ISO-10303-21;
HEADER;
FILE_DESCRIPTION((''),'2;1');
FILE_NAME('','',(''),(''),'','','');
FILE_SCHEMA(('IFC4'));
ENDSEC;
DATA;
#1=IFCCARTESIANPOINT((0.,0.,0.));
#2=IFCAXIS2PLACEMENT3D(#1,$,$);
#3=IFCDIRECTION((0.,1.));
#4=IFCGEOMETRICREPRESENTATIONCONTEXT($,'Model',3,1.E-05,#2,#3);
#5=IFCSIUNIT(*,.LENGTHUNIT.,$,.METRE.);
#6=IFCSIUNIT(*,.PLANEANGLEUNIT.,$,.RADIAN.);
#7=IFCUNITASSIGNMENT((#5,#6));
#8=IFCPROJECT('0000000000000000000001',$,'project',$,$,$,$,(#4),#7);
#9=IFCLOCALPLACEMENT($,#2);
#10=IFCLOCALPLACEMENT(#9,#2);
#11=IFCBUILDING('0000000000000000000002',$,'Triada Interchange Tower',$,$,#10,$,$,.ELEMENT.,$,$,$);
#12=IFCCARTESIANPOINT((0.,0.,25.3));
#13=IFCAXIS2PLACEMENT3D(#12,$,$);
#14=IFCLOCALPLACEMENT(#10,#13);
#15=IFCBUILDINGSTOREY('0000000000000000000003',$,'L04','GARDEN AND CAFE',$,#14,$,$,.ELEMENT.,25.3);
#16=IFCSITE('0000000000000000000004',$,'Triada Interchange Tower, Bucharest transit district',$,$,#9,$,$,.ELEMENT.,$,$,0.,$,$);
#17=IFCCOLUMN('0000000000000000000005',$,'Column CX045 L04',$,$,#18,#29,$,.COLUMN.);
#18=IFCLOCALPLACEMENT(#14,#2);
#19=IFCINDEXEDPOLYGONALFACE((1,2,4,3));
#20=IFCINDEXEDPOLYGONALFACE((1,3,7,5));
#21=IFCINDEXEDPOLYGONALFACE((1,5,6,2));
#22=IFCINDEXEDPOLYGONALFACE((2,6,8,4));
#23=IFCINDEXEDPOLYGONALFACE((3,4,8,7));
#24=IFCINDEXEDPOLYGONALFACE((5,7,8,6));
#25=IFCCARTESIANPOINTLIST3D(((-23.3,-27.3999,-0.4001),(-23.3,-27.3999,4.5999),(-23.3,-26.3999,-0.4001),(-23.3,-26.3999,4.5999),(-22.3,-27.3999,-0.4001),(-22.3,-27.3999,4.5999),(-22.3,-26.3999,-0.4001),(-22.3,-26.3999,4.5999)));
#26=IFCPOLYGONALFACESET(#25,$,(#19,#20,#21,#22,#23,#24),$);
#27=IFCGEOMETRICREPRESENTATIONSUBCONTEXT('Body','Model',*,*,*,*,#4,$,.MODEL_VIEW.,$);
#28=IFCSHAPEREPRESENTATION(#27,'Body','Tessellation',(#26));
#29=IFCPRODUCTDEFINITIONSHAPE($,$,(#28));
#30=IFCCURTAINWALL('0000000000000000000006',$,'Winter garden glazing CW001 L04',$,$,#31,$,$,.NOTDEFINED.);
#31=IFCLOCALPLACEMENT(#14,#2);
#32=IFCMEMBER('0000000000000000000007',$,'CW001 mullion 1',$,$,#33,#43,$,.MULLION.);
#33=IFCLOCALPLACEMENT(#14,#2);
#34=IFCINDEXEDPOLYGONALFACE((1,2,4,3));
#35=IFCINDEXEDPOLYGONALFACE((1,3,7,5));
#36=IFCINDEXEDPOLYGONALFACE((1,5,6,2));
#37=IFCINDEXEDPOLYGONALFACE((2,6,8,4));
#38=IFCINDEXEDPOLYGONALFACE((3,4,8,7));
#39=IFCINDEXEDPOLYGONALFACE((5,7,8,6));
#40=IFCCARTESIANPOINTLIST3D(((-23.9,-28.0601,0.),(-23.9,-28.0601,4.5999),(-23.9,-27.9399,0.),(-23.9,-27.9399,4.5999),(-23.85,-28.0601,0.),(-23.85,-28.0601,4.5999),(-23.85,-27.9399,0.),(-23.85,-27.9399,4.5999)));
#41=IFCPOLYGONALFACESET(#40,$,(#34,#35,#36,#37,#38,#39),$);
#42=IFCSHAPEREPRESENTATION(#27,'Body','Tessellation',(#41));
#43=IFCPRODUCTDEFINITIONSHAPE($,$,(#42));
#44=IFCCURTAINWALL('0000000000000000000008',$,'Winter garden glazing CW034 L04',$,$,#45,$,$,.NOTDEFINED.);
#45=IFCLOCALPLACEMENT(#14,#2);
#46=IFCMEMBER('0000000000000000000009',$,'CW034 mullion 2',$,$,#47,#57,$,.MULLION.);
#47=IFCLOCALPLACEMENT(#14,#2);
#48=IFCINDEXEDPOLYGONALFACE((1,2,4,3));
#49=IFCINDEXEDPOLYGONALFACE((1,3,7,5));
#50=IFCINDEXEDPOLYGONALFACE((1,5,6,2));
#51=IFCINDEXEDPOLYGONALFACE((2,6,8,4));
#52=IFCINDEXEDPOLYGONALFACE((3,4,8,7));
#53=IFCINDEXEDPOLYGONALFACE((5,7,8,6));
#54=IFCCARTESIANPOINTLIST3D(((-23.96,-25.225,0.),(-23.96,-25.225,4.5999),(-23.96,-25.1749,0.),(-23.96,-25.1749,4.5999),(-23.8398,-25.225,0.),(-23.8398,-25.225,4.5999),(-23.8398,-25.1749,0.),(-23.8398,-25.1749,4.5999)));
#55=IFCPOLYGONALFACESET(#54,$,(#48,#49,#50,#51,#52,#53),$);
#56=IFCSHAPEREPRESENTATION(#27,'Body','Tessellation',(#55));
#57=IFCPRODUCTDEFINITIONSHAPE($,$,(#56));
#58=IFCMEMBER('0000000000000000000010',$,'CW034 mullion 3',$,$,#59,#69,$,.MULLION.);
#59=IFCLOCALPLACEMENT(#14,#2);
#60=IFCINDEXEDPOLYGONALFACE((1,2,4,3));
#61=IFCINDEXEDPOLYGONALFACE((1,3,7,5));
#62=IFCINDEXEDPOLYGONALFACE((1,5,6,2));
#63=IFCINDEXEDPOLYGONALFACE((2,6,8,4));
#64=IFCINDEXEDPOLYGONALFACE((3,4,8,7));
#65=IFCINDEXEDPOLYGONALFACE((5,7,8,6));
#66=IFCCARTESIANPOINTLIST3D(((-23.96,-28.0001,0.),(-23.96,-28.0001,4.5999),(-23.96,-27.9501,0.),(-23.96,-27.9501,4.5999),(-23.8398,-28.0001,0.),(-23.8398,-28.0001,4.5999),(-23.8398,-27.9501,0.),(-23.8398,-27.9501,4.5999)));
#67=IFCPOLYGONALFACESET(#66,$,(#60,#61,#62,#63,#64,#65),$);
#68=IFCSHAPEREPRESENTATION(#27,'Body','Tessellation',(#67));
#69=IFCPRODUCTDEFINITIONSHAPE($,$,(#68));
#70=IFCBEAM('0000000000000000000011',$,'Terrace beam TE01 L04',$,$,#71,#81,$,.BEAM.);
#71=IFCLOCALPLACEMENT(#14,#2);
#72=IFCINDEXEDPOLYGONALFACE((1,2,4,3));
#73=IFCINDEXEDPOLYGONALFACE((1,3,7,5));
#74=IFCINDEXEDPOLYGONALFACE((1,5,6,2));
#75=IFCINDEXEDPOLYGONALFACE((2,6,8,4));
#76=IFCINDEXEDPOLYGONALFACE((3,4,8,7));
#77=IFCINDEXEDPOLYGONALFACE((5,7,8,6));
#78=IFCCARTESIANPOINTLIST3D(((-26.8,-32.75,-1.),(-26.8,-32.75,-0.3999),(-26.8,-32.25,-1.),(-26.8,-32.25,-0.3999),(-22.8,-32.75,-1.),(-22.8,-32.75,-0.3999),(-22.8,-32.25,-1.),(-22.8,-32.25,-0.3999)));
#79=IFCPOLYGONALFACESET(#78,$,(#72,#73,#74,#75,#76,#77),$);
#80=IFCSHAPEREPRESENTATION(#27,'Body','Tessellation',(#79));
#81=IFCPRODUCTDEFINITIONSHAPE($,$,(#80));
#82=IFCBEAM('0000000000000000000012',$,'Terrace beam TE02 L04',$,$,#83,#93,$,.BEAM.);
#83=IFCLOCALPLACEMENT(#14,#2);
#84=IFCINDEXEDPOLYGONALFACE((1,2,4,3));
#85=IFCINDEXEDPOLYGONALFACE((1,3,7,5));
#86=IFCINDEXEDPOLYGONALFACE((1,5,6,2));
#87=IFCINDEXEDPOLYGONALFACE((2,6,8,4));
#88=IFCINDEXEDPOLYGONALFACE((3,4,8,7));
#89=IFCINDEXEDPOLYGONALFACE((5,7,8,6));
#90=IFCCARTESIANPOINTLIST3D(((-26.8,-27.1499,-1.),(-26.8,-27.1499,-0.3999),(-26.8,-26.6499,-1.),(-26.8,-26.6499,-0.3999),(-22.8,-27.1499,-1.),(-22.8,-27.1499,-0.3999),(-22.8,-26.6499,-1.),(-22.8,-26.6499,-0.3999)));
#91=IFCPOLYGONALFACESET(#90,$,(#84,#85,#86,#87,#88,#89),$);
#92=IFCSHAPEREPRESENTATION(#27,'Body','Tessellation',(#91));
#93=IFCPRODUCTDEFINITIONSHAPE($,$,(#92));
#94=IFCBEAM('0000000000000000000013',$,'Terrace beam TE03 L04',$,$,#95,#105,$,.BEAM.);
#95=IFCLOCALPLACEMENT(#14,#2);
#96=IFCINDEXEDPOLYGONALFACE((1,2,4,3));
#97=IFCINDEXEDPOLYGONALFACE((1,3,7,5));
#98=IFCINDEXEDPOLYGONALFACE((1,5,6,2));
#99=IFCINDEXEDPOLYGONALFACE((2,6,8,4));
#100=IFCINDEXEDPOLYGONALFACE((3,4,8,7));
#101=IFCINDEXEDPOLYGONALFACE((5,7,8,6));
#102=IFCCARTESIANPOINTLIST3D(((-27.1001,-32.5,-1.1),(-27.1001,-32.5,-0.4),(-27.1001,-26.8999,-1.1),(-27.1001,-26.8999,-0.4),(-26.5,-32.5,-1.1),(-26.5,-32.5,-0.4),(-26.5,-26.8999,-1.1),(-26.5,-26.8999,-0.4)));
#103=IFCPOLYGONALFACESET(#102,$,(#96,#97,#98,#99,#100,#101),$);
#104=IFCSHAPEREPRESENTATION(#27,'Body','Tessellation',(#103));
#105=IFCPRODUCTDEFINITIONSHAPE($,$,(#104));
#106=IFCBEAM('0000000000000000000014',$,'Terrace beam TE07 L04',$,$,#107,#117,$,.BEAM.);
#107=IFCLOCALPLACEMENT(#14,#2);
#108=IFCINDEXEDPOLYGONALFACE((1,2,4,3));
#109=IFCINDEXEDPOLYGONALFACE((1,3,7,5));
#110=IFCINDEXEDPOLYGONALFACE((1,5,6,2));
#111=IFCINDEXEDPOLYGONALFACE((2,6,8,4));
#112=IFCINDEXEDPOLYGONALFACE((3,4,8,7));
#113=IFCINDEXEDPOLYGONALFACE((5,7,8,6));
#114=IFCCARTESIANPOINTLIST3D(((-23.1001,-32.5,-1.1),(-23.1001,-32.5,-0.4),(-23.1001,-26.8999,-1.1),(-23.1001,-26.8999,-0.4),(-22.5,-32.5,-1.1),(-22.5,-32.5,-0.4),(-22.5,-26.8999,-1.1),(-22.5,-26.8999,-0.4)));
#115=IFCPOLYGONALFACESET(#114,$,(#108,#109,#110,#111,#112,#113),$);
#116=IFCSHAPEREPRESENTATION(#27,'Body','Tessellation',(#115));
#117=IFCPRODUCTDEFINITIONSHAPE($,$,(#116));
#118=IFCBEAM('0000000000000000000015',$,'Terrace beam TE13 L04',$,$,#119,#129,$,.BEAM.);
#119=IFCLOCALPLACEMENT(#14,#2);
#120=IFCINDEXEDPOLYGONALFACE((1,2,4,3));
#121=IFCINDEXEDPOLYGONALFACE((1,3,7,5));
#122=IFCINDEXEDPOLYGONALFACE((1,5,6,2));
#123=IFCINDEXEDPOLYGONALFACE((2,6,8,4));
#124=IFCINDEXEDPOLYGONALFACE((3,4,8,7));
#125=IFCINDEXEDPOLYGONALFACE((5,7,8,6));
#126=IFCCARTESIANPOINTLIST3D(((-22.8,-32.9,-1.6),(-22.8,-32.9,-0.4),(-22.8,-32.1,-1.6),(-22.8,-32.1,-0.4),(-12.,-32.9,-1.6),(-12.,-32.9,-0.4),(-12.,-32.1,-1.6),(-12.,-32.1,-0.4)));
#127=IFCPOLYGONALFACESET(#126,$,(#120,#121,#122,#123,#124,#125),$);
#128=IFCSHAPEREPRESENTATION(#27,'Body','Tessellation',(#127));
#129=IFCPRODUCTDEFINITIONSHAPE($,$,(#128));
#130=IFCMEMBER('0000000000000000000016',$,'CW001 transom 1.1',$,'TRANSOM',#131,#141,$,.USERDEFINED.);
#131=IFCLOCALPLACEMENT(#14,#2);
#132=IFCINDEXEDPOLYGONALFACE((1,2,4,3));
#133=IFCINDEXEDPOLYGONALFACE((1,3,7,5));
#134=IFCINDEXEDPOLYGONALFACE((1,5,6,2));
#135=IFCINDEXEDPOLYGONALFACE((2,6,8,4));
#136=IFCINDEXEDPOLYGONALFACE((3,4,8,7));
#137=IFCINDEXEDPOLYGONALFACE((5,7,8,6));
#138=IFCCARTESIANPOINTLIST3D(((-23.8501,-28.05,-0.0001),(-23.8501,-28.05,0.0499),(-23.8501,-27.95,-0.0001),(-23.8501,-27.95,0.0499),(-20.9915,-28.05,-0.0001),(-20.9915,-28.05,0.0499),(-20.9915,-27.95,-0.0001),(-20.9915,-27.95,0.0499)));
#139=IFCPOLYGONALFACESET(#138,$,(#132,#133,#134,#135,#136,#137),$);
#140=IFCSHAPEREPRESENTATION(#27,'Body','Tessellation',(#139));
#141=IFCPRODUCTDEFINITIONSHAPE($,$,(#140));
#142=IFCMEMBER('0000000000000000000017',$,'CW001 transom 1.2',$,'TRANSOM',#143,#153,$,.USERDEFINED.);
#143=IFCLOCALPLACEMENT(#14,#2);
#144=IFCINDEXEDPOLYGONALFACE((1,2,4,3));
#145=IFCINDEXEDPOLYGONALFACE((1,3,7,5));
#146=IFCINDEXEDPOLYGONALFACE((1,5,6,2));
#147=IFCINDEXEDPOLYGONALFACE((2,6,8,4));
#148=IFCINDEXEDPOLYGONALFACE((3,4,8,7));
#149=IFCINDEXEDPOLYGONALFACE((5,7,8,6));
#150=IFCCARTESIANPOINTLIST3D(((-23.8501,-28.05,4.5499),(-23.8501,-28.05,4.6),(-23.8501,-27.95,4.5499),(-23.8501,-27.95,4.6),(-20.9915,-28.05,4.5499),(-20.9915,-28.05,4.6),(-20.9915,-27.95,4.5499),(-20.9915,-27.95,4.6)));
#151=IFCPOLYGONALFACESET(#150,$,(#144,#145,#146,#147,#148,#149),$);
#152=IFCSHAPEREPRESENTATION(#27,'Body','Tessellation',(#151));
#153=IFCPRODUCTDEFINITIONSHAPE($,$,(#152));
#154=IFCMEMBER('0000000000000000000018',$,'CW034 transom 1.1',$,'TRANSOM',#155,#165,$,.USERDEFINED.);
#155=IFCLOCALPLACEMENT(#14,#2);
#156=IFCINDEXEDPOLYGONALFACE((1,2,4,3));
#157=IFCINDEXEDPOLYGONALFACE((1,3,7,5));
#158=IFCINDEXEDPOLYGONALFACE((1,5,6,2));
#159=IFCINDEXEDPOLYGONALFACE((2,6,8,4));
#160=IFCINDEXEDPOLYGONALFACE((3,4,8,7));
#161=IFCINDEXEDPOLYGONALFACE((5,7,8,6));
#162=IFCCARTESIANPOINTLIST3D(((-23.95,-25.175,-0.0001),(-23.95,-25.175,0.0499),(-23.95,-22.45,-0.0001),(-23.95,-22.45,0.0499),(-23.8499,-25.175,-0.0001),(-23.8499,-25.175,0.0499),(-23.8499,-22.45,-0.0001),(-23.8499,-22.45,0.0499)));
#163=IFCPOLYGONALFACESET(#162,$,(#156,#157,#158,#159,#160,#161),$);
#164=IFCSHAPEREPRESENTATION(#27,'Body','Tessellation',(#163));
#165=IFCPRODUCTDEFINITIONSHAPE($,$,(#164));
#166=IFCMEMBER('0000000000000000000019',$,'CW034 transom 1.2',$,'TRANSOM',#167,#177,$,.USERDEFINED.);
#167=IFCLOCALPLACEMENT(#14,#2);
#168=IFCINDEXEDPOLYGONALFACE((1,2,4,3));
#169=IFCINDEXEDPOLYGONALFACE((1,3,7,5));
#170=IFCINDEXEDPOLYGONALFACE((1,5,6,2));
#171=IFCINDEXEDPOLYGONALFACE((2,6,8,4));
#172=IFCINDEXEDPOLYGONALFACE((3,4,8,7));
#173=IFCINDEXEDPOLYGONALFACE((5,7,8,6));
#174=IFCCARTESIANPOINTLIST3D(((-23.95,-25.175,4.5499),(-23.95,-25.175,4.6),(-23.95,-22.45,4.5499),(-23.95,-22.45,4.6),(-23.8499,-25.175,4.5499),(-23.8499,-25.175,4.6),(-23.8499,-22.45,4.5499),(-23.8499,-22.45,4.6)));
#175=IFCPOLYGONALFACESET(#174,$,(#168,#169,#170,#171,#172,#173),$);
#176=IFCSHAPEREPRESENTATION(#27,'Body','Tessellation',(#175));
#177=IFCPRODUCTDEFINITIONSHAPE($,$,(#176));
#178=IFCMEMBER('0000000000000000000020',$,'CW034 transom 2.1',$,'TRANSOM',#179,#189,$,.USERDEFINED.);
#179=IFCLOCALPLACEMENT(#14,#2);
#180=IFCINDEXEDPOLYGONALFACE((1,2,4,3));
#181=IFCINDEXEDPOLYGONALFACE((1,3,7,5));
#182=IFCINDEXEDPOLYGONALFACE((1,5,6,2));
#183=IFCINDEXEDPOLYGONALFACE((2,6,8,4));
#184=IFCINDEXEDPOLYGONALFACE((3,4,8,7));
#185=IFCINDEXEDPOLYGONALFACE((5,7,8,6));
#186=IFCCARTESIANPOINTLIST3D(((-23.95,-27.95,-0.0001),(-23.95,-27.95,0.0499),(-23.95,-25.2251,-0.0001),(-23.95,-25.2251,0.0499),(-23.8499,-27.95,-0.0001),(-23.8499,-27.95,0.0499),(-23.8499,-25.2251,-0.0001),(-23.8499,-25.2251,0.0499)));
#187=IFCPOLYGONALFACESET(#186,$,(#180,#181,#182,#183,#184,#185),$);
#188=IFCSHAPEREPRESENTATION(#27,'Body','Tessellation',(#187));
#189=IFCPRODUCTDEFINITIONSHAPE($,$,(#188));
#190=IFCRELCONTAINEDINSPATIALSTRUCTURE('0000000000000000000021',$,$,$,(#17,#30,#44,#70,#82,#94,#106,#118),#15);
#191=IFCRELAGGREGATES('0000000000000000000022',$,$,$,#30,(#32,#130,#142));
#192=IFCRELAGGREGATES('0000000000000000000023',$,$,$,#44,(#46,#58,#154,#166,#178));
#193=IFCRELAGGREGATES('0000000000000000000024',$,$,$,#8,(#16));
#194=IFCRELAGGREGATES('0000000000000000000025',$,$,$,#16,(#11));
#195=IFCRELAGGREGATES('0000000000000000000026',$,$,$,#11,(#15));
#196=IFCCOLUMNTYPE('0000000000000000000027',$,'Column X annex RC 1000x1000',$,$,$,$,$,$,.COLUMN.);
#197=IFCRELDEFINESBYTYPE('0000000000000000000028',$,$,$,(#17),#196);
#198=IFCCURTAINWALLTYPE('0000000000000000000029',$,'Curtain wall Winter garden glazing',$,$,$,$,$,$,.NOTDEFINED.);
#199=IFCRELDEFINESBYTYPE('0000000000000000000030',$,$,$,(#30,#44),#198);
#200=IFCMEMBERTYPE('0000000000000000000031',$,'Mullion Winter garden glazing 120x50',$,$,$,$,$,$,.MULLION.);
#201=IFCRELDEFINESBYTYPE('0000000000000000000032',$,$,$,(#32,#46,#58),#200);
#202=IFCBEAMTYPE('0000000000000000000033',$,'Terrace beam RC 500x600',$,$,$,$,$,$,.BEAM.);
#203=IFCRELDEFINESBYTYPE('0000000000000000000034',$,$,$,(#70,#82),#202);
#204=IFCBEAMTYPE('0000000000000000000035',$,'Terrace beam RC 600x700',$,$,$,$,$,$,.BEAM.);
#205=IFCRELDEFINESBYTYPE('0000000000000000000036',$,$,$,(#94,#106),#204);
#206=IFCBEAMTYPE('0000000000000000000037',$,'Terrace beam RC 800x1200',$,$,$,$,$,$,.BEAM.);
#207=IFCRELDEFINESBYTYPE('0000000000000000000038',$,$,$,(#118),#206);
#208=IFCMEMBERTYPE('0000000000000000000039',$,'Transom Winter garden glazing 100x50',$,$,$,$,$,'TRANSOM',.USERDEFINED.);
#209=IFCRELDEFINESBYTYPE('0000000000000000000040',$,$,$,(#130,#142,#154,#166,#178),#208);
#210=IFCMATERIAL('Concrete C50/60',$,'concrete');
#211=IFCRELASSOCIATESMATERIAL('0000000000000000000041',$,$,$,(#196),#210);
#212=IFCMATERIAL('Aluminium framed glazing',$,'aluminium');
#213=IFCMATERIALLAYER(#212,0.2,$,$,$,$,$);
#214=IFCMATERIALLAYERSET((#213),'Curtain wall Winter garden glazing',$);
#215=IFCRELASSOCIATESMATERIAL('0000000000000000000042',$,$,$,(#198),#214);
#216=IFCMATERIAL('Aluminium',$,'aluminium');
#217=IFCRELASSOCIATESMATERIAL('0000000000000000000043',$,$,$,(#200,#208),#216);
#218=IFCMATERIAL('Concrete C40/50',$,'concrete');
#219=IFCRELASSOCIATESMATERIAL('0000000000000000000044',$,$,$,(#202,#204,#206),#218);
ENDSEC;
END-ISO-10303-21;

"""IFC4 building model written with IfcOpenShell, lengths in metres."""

from ifc_helpers import new_model, si_unit, direction, frame, origin, origin_2d, place, context, subcontext, project, spatial, rectangle, extrude, material, layer, layer_set, material_profile, profile_set, type_object, element, aggregate, save


model = new_model("IFC4")

# Units and contexts
model_context = context("Model", 3, precision=1e-05, world=origin(), true_north=direction((0.0, 1.0)))
body_context = subcontext(model_context, "Body", "Model", "MODEL_VIEW")
ifc_project = project(units=[si_unit("LENGTHUNIT", "METRE"), si_unit("PLANEANGLEUNIT", "RADIAN")], contexts=[model_context])

# Site, building, storey
site_placement = place(None, origin())
site = spatial("IfcSite", under=ifc_project, at=site_placement, Name="Triada Interchange Tower, Bucharest transit district", CompositionType="ELEMENT", RefElevation=0.0)
building_placement = place(site_placement, origin())
building = spatial("IfcBuilding", under=site, at=building_placement, Name="Triada Interchange Tower", CompositionType="ELEMENT")
storey_placement = place(building_placement, frame((0.0, 0.0, 25.3)))
storey = spatial("IfcBuildingStorey", under=building, at=storey_placement, Name="L04", Description="GARDEN AND CAFE", CompositionType="ELEMENT", Elevation=25.3)

# Column
ifc_material_1 = material(Name="Concrete C50/60", Category="concrete")
ifc_material_profile_1 = material_profile(ifc_material_1, rectangle(XDim=1.0, YDim=1.0, at=origin_2d()), Name="RC 1000x1000")
ifc_profile_set_1 = profile_set([ifc_material_profile_1], Name="Concrete C50/60")
column_type = type_object("IfcColumnType", Name="Column X annex RC 1000x1000", PredefinedType="COLUMN", material=ifc_profile_set_1)
column_placement = place(storey_placement, frame((-22.8, -26.8999, -0.4001), z_axis=(0.0, 0.0, 1.0), x_axis=(1.0, 0.0, 0.0)))
element("IfcColumn", 1, at=column_placement, inside=storey, type_object=column_type, Name="Column CX045 L04", PredefinedType="COLUMN", context=body_context, shape_type="SweptSolid", body=[
    extrude(rectangle(XDim=1.0, YDim=1.0, at=origin_2d()), origin(), (0.0, 0.0, 1.0), 5.0),
])

# Curtain wall, member
ifc_material_2 = material(Name="Aluminium framed glazing", Category="aluminium")
ifc_layer_1 = layer(ifc_material_2, 0.2)
ifc_layer_set_1 = layer_set([ifc_layer_1], Name="Curtain wall Winter garden glazing")
curtain_wall_type = type_object("IfcCurtainWallType", Name="Curtain wall Winter garden glazing", PredefinedType="NOTDEFINED", material=ifc_layer_set_1)
curtain_wall_1_placement = place(storey_placement, origin())
curtain_wall_1 = element("IfcCurtainWall", 2, at=curtain_wall_1_placement, inside=storey, type_object=curtain_wall_type, Name="Winter garden glazing CW001 L04", PredefinedType="NOTDEFINED")
ifc_material_3 = material(Name="Aluminium", Category="aluminium")
ifc_material_profile_2 = material_profile(ifc_material_3, rectangle(XDim=0.1201, YDim=0.05, at=origin_2d()), Name="Aluminium mullion")
ifc_profile_set_2 = profile_set([ifc_material_profile_2], Name="Aluminium")
member_type_1 = type_object("IfcMemberType", Name="Mullion Winter garden glazing 120x50", PredefinedType="MULLION", material=ifc_profile_set_2)
member_1_placement = place(storey_placement, frame((-23.875, -28.0, 0.0), z_axis=(0.0, 0.0, 1.0), x_axis=(0.0, 1.0, 0.0)))
member_1 = element("IfcMember", 3, at=member_1_placement, type_object=member_type_1, Name="CW001 mullion 1", PredefinedType="MULLION", context=body_context, shape_type="SweptSolid", body=[
    extrude(rectangle(XDim=0.1201, YDim=0.05, at=origin_2d()), origin(), (0.0, 0.0, 1.0), 4.5999),
])

# Curtain wall, members
curtain_wall_2_placement = place(storey_placement, origin())
curtain_wall_2 = element("IfcCurtainWall", 4, at=curtain_wall_2_placement, inside=storey, type_object=curtain_wall_type, Name="Winter garden glazing CW034 L04", PredefinedType="NOTDEFINED")
member_2_placement = place(storey_placement, frame((-23.8999, -25.2, 0.0), z_axis=(0.0, 0.0, 1.0), x_axis=(1.0, 0.0, 0.0)))
member_2 = element("IfcMember", 5, at=member_2_placement, type_object=member_type_1, Name="CW034 mullion 2", PredefinedType="MULLION", context=body_context, shape_type="SweptSolid", body=[
    extrude(rectangle(XDim=0.1201, YDim=0.05, at=origin_2d()), origin(), (0.0, 0.0, 1.0), 4.5999),
])
member_3_placement = place(storey_placement, frame((-23.8999, -27.9751, 0.0), z_axis=(0.0, 0.0, 1.0), x_axis=(1.0, 0.0, 0.0)))
member_3 = element("IfcMember", 6, at=member_3_placement, type_object=member_type_1, Name="CW034 mullion 3", PredefinedType="MULLION", context=body_context, shape_type="SweptSolid", body=[
    extrude(rectangle(XDim=0.1201, YDim=0.05, at=origin_2d()), origin(), (0.0, 0.0, 1.0), 4.5999),
])

# Beams
ifc_material_4 = material(Name="Concrete C40/50", Category="concrete")
ifc_material_profile_3 = material_profile(ifc_material_4, rectangle(XDim=0.5, YDim=0.6001, at=origin_2d()), Name="RC 500x600")
ifc_profile_set_3 = profile_set([ifc_material_profile_3], Name="Concrete C40/50")
beam_type_1 = type_object("IfcBeamType", Name="Terrace beam RC 500x600", PredefinedType="BEAM", material=ifc_profile_set_3)
for number, where, z_axis, x_axis, name in (
    (7, (-26.8, -32.5, -0.7), (1.0, 0.0, 0.0), (0.0, 1.0, 0.0), "Terrace beam TE01 L04"),
    (8, (-26.8, -26.8999, -0.7), (1.0, 0.0, 0.0), (0.0, 1.0, 0.0), "Terrace beam TE02 L04"),
):
    element("IfcBeam", number, at=place(storey_placement, frame(where, z_axis=z_axis, x_axis=x_axis)), inside=storey, type_object=beam_type_1, Name=name, PredefinedType="BEAM", context=body_context, shape_type="SweptSolid", body=[
        extrude(rectangle(XDim=0.5, YDim=0.6001, at=origin_2d()), origin(), (0.0, 0.0, 1.0), 4.0),
    ])
ifc_material_profile_4 = material_profile(ifc_material_4, rectangle(XDim=0.6001, YDim=0.7, at=origin_2d()), Name="RC 600x700")
ifc_profile_set_4 = profile_set([ifc_material_profile_4], Name="Concrete C40/50")
beam_type_2 = type_object("IfcBeamType", Name="Terrace beam RC 600x700", PredefinedType="BEAM", material=ifc_profile_set_4)
for number, where, z_axis, x_axis, name in (
    (9, (-26.8, -32.5, -0.75), (0.0, 1.0, 0.0), (-1.0, 0.0, 0.0), "Terrace beam TE03 L04"),
    (10, (-22.8, -32.5, -0.75), (0.0, 1.0, 0.0), (-1.0, 0.0, 0.0), "Terrace beam TE07 L04"),
):
    element("IfcBeam", number, at=place(storey_placement, frame(where, z_axis=z_axis, x_axis=x_axis)), inside=storey, type_object=beam_type_2, Name=name, PredefinedType="BEAM", context=body_context, shape_type="SweptSolid", body=[
        extrude(rectangle(XDim=0.6001, YDim=0.7, at=origin_2d()), origin(), (0.0, 0.0, 1.0), 5.6001),
    ])
ifc_material_profile_5 = material_profile(ifc_material_4, rectangle(XDim=0.8, YDim=1.2, at=origin_2d()), Name="RC 800x1200")
ifc_profile_set_5 = profile_set([ifc_material_profile_5], Name="Concrete C40/50")
beam_type_3 = type_object("IfcBeamType", Name="Terrace beam RC 800x1200", PredefinedType="BEAM", material=ifc_profile_set_5)
beam_placement = place(storey_placement, frame((-22.8, -32.5, -1.0), z_axis=(1.0, 0.0, 0.0), x_axis=(0.0, 1.0, 0.0)))
element("IfcBeam", 11, at=beam_placement, inside=storey, type_object=beam_type_3, Name="Terrace beam TE13 L04", PredefinedType="BEAM", context=body_context, shape_type="SweptSolid", body=[
    extrude(rectangle(XDim=0.8, YDim=1.2, at=origin_2d()), origin(), (0.0, 0.0, 1.0), 10.8),
])

# Members
ifc_material_profile_6 = material_profile(ifc_material_3, rectangle(XDim=0.1001, YDim=0.05, at=origin_2d()), Name="Aluminium transom")
ifc_profile_set_6 = profile_set([ifc_material_profile_6], Name="Aluminium")
member_type_2 = type_object("IfcMemberType", Name="Transom Winter garden glazing 100x50", ElementType="TRANSOM", PredefinedType="USERDEFINED", material=ifc_profile_set_6)
member_4_placement = place(storey_placement, frame((-23.8501, -28.0, 0.0249), z_axis=(1.0, 0.0, 0.0), x_axis=(0.0, 1.0, 0.0)))
member_4 = element("IfcMember", 12, at=member_4_placement, type_object=member_type_2, Name="CW001 transom 1.1", ObjectType="TRANSOM", PredefinedType="USERDEFINED", context=body_context, shape_type="SweptSolid", body=[
    extrude(rectangle(XDim=0.1001, YDim=0.05, at=origin_2d()), origin(), (0.0, 0.0, 1.0), 2.8586),
])
member_5_placement = place(storey_placement, frame((-23.8501, -28.0, 4.575), z_axis=(1.0, 0.0, 0.0), x_axis=(0.0, 1.0, 0.0)))
member_5 = element("IfcMember", 13, at=member_5_placement, type_object=member_type_2, Name="CW001 transom 1.2", ObjectType="TRANSOM", PredefinedType="USERDEFINED", context=body_context, shape_type="SweptSolid", body=[
    extrude(rectangle(XDim=0.1001, YDim=0.05, at=origin_2d()), origin(), (0.0, 0.0, 1.0), 2.8586),
])
aggregate(curtain_wall_1, [member_1, member_4, member_5])
member_6_placement = place(storey_placement, frame((-23.8999, -22.45, 0.0249), z_axis=(0.0, -1.0, 0.0), x_axis=(1.0, 0.0, 0.0)))
member_6 = element("IfcMember", 14, at=member_6_placement, type_object=member_type_2, Name="CW034 transom 1.1", ObjectType="TRANSOM", PredefinedType="USERDEFINED", context=body_context, shape_type="SweptSolid", body=[
    extrude(rectangle(XDim=0.1001, YDim=0.05, at=origin_2d()), origin(), (0.0, 0.0, 1.0), 2.7251),
])
member_7_placement = place(storey_placement, frame((-23.8999, -22.45, 4.575), z_axis=(0.0, -1.0, 0.0), x_axis=(1.0, 0.0, 0.0)))
member_7 = element("IfcMember", 15, at=member_7_placement, type_object=member_type_2, Name="CW034 transom 1.2", ObjectType="TRANSOM", PredefinedType="USERDEFINED", context=body_context, shape_type="SweptSolid", body=[
    extrude(rectangle(XDim=0.1001, YDim=0.05, at=origin_2d()), origin(), (0.0, 0.0, 1.0), 2.7251),
])
member_8_placement = place(storey_placement, frame((-23.8999, -25.2251, 0.0249), z_axis=(0.0, -1.0, 0.0), x_axis=(1.0, 0.0, 0.0)))
member_8 = element("IfcMember", 16, at=member_8_placement, type_object=member_type_2, Name="CW034 transom 2.1", ObjectType="TRANSOM", PredefinedType="USERDEFINED", context=body_context, shape_type="SweptSolid", body=[
    extrude(rectangle(XDim=0.1001, YDim=0.05, at=origin_2d()), origin(), (0.0, 0.0, 1.0), 2.7249),
])

aggregate(curtain_wall_2, [member_2, member_3, member_6, member_7, member_8])

save(model, "model.ifc")
